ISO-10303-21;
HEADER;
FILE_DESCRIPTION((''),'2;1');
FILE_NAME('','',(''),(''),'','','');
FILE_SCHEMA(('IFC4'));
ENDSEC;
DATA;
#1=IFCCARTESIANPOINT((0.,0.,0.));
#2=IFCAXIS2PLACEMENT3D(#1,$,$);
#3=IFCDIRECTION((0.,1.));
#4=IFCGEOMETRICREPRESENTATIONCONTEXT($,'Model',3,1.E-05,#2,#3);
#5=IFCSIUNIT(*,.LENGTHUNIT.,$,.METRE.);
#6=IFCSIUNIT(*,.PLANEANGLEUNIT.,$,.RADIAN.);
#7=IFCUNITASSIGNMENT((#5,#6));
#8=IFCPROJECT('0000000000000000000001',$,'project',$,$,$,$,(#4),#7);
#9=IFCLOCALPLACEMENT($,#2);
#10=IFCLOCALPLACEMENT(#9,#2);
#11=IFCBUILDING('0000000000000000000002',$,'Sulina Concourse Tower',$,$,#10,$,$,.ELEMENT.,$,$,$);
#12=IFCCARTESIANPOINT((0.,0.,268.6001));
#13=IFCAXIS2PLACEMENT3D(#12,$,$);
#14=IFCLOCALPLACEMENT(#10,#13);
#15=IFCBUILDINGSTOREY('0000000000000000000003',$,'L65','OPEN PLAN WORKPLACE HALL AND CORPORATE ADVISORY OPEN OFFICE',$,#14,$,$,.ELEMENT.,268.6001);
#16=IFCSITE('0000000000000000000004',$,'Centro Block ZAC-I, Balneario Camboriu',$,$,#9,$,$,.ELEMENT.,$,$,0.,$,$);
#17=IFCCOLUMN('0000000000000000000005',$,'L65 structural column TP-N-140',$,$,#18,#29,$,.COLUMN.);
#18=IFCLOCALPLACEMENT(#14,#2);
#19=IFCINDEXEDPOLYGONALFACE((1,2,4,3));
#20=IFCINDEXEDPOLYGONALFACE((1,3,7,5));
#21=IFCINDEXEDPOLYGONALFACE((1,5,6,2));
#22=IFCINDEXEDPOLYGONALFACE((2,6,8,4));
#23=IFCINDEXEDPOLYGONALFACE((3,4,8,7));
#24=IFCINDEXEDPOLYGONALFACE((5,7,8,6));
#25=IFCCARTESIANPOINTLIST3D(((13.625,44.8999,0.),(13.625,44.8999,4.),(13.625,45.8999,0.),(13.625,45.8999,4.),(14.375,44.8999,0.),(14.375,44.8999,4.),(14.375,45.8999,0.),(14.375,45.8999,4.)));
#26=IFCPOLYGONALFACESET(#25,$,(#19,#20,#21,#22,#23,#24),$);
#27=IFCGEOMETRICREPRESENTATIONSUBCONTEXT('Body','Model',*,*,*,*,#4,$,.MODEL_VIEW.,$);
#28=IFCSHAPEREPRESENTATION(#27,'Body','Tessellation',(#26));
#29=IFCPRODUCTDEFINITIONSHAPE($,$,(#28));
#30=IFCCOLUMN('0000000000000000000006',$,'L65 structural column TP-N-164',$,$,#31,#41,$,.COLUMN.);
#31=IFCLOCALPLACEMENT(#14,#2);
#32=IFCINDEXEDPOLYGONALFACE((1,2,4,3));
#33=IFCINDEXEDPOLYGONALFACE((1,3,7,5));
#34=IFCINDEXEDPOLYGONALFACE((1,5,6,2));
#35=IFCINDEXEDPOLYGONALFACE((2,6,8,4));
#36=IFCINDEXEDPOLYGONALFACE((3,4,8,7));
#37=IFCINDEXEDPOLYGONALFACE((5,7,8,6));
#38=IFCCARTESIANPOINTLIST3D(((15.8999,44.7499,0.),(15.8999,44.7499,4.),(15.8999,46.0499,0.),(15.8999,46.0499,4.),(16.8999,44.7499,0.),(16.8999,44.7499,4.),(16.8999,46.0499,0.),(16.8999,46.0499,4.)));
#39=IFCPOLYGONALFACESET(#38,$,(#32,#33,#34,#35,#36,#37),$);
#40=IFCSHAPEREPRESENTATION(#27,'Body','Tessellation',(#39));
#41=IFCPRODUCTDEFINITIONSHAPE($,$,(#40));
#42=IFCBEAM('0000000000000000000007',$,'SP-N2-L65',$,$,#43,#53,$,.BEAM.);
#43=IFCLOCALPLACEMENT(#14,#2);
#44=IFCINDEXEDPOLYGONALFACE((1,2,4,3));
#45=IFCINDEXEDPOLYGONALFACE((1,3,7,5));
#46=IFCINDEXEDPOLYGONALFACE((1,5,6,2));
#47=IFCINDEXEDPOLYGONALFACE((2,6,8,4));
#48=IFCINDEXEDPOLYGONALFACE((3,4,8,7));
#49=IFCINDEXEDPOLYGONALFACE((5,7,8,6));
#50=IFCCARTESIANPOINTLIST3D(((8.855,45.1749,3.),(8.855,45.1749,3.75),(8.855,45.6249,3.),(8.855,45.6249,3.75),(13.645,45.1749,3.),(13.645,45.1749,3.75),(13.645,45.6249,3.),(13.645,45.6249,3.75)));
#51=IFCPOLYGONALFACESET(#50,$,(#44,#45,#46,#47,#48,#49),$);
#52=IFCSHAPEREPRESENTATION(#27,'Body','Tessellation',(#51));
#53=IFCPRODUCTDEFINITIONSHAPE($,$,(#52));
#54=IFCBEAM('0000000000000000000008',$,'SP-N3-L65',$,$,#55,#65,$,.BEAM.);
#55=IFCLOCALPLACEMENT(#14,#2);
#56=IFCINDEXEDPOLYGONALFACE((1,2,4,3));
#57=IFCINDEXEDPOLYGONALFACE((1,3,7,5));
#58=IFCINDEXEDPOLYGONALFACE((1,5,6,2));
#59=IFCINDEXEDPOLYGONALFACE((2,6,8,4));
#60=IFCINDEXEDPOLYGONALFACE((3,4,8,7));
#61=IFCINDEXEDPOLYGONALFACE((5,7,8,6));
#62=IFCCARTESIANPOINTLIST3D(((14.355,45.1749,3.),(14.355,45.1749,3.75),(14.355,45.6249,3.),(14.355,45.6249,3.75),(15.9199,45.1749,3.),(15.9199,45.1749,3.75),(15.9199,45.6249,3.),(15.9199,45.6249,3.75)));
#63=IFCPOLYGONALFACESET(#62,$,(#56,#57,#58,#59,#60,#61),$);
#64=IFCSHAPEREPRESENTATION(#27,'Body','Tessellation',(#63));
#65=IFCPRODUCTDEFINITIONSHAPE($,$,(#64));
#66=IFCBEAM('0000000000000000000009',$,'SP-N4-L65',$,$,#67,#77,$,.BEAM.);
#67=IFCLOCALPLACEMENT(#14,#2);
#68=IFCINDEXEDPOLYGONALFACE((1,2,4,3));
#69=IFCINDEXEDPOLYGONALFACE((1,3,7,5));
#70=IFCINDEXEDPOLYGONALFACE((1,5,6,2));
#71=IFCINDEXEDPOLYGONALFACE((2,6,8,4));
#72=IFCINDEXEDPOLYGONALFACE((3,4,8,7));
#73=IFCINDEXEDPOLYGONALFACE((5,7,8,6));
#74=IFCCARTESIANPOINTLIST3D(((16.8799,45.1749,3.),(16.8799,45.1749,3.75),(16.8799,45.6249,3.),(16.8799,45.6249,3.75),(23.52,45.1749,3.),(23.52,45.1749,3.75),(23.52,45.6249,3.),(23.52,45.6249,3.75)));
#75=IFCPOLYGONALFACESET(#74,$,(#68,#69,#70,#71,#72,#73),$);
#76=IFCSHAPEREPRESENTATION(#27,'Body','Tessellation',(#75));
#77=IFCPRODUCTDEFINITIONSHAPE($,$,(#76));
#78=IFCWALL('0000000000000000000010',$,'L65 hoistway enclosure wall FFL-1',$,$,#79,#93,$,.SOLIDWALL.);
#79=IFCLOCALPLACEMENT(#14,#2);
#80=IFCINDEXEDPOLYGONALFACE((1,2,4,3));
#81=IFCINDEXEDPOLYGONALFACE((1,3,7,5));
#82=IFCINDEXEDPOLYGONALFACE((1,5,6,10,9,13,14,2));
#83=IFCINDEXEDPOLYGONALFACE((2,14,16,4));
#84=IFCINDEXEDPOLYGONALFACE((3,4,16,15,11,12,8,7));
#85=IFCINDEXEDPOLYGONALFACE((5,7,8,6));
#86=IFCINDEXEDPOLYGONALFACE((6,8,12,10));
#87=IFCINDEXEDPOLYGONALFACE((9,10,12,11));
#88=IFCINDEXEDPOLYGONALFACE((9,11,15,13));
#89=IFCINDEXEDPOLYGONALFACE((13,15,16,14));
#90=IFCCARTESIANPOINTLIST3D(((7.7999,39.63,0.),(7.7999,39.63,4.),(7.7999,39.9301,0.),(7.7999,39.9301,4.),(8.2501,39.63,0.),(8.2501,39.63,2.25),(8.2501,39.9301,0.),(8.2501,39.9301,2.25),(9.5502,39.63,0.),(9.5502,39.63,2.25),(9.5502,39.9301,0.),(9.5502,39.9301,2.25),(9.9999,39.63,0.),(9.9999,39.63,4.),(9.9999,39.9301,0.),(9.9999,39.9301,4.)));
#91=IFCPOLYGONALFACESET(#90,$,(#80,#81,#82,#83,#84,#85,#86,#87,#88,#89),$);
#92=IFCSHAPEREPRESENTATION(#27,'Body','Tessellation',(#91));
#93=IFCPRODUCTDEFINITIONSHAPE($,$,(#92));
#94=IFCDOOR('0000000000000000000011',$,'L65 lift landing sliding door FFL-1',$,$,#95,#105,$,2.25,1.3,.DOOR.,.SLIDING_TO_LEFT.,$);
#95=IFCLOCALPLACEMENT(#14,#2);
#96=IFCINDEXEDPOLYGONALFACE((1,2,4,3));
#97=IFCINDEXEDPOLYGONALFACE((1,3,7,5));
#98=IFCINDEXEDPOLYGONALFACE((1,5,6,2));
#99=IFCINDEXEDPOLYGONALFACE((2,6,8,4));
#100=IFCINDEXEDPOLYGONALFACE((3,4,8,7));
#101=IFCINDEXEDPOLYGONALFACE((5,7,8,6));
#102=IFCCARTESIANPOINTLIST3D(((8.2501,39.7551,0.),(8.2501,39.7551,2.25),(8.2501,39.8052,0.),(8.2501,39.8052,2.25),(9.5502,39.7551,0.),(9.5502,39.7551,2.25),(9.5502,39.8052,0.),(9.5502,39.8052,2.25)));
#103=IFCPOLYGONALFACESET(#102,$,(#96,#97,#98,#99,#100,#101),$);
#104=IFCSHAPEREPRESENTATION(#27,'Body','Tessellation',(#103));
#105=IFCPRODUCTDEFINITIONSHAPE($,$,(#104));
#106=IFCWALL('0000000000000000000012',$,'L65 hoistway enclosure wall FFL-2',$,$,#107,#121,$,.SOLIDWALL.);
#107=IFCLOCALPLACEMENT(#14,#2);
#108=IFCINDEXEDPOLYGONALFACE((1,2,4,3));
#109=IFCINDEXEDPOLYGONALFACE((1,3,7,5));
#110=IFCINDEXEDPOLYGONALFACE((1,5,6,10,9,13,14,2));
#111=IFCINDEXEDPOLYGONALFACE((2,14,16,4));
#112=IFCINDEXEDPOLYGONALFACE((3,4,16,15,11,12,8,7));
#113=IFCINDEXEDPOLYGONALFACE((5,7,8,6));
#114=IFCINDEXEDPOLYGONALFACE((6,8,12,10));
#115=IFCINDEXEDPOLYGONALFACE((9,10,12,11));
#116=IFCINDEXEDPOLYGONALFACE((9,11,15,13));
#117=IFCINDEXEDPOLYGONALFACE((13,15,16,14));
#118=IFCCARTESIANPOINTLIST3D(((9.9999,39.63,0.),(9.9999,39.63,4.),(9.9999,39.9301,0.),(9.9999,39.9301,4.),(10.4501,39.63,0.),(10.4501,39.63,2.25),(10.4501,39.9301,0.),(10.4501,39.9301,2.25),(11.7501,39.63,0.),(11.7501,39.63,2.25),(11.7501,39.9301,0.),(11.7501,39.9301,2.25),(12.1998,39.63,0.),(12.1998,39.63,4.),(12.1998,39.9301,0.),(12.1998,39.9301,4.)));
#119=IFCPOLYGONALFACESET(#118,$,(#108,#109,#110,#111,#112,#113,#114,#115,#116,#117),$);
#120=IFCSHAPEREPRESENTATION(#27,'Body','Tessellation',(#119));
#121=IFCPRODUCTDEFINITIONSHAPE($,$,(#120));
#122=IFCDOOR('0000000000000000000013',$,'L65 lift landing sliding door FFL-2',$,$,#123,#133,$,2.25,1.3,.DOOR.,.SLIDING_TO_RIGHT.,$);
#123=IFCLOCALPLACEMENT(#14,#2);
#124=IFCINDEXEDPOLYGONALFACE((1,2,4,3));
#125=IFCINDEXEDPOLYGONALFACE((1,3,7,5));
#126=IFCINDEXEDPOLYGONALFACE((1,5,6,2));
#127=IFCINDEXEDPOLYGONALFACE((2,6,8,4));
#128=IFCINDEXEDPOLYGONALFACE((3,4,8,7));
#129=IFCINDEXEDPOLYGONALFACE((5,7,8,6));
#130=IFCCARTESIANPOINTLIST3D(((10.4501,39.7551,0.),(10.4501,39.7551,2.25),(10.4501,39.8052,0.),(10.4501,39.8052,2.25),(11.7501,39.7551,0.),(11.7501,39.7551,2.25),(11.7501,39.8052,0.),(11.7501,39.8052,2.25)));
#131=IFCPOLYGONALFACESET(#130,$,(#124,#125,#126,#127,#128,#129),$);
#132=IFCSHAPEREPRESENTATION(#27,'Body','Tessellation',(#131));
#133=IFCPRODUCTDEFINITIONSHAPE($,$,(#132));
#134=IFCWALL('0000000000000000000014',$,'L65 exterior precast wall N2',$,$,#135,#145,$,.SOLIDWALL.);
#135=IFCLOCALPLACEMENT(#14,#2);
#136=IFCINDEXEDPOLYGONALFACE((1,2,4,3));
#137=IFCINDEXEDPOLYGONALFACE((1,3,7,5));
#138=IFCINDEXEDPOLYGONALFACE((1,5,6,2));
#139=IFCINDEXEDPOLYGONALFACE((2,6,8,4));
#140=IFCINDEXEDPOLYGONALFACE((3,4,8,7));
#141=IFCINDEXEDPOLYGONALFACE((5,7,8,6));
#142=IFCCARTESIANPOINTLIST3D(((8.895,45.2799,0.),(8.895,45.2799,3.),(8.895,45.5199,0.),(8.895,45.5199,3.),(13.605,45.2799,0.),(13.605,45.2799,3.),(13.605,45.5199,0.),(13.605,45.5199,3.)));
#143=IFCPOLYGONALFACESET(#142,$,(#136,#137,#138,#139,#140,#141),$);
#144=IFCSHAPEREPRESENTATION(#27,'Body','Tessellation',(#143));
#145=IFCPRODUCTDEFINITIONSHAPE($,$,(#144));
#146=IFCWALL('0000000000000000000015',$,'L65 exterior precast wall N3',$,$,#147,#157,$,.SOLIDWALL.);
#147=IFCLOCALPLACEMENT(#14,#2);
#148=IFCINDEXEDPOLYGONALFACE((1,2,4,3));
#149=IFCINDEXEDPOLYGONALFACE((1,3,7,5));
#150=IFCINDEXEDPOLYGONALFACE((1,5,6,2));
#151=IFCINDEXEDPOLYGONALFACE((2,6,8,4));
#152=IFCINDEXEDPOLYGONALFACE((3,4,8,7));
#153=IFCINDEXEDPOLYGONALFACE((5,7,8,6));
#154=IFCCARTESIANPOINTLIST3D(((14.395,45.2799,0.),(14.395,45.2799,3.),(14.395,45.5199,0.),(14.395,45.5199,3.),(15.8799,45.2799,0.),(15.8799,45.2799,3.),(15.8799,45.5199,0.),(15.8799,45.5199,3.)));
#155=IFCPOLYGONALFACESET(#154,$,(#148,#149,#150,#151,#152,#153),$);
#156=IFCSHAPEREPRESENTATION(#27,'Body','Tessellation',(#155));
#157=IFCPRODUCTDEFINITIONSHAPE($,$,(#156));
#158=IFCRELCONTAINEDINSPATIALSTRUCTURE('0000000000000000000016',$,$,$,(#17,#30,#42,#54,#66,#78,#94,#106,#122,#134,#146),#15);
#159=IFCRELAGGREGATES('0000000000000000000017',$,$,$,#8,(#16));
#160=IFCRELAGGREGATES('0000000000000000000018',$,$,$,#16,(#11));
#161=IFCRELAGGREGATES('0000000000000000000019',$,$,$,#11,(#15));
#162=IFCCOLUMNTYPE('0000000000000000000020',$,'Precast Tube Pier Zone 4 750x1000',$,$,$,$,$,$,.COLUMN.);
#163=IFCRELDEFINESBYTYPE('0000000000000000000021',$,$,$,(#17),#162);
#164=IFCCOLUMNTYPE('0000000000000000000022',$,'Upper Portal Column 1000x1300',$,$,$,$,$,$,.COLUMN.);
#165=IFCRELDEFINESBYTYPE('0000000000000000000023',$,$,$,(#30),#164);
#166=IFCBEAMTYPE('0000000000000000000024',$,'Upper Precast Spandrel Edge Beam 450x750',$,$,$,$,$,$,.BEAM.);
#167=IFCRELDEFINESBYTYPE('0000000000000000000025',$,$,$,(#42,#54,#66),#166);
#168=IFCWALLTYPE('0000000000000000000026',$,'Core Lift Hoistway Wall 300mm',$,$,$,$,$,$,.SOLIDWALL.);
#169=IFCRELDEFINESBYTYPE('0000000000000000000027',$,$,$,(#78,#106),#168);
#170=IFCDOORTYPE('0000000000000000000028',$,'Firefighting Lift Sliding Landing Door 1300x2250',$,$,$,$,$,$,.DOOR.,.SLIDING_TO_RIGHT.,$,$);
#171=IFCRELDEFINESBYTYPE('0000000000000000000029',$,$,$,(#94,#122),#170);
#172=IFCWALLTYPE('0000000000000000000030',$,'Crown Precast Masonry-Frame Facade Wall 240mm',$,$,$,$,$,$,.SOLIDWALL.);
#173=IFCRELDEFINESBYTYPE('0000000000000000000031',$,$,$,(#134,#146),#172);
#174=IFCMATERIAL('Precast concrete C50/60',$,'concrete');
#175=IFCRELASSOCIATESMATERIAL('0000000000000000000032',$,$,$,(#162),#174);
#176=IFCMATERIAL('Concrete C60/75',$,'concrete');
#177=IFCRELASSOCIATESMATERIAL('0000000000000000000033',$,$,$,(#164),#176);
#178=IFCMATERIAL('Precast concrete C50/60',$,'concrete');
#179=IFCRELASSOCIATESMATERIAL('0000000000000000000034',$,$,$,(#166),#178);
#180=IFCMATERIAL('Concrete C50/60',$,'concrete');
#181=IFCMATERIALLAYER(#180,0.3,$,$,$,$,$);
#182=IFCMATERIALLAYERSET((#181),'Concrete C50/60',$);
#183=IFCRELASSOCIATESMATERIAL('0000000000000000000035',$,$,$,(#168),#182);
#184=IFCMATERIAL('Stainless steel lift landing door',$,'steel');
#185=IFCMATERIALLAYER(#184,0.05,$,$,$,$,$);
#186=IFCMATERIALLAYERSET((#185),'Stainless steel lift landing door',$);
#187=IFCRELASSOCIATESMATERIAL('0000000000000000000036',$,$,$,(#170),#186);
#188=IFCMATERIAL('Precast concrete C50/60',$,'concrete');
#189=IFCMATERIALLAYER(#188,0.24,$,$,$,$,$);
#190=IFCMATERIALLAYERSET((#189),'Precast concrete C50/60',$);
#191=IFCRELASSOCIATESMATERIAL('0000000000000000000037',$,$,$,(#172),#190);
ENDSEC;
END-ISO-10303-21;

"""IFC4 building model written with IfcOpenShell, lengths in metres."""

from ifc_helpers import new_model, si_unit, direction, frame, frame_2d, origin, origin_2d, place, context, subcontext, project, spatial, rectangle, extrude, material, layer, layer_set, material_profile, profile_set, type_object, element, fill, save


model = new_model("IFC4")

# Units and contexts
model_context = context("Model", 3, precision=1e-05, world=origin(), true_north=direction((0.0, 1.0)))
body_context = subcontext(model_context, "Body", "Model", "MODEL_VIEW")
ifc_project = project(units=[si_unit("LENGTHUNIT", "METRE"), si_unit("PLANEANGLEUNIT", "RADIAN")], contexts=[model_context])

# Site, building, storey
site_placement = place(None, origin())
site = spatial("IfcSite", under=ifc_project, at=site_placement, Name="Centro Block ZAC-I, Balneario Camboriu", CompositionType="ELEMENT", RefElevation=0.0)
building_placement = place(site_placement, origin())
building = spatial("IfcBuilding", under=site, at=building_placement, Name="Sulina Concourse Tower", CompositionType="ELEMENT")
storey_placement = place(building_placement, frame((0.0, 0.0, 268.6001)))
storey = spatial("IfcBuildingStorey", under=building, at=storey_placement, Name="L65", Description="OPEN PLAN WORKPLACE HALL AND CORPORATE ADVISORY OPEN OFFICE", CompositionType="ELEMENT", Elevation=268.6001)

# Columns
ifc_material_1 = material(Name="Precast concrete C50/60", Category="concrete")
ifc_material_profile_1 = material_profile(ifc_material_1, rectangle(XDim=0.75, YDim=1.0, at=origin_2d()), Name="PC 750x1000")
ifc_profile_set_1 = profile_set([ifc_material_profile_1], Name="Precast concrete C50/60")
column_type_1 = type_object("IfcColumnType", Name="Precast Tube Pier Zone 4 750x1000", PredefinedType="COLUMN", material=ifc_profile_set_1)
column_1_placement = place(storey_placement, frame((14.0, 45.3999, 0.0), z_axis=(0.0, 0.0, 1.0), x_axis=(1.0, 0.0, 0.0)))
element("IfcColumn", 1, at=column_1_placement, inside=storey, type_object=column_type_1, Name="L65 structural column TP-N-140", PredefinedType="COLUMN", context=body_context, shape_type="SweptSolid", body=[
    extrude(rectangle(XDim=0.75, YDim=1.0, at=origin_2d()), origin(), (0.0, 0.0, 1.0), 4.0),
])
ifc_material_2 = material(Name="Concrete C60/75", Category="concrete")
ifc_material_profile_2 = material_profile(ifc_material_2, rectangle(XDim=1.0, YDim=1.3, at=origin_2d()), Name="RC 1000x1300")
ifc_profile_set_2 = profile_set([ifc_material_profile_2], Name="Concrete C60/75")
column_type_2 = type_object("IfcColumnType", Name="Upper Portal Column 1000x1300", PredefinedType="COLUMN", material=ifc_profile_set_2)
column_2_placement = place(storey_placement, frame((16.3999, 45.3999, 0.0), z_axis=(0.0, 0.0, 1.0), x_axis=(1.0, 0.0, 0.0)))
element("IfcColumn", 2, at=column_2_placement, inside=storey, type_object=column_type_2, Name="L65 structural column TP-N-164", PredefinedType="COLUMN", context=body_context, shape_type="SweptSolid", body=[
    extrude(rectangle(XDim=1.0, YDim=1.3, at=origin_2d()), origin(), (0.0, 0.0, 1.0), 4.0),
])

# Beams
ifc_material_3 = material(Name="Precast concrete C50/60", Category="concrete")
ifc_material_profile_3 = material_profile(ifc_material_3, rectangle(XDim=0.45, YDim=0.75, at=origin_2d()), Name="RC 450x750")
ifc_profile_set_3 = profile_set([ifc_material_profile_3], Name="Precast concrete C50/60")
beam_type = type_object("IfcBeamType", Name="Upper Precast Spandrel Edge Beam 450x750", PredefinedType="BEAM", material=ifc_profile_set_3)
beam_1_placement = place(storey_placement, frame((8.855, 45.3999, 3.375), z_axis=(1.0, 0.0, 0.0), x_axis=(0.0, 1.0, 0.0)))
element("IfcBeam", 3, at=beam_1_placement, inside=storey, type_object=beam_type, Name="SP-N2-L65", PredefinedType="BEAM", context=body_context, shape_type="SweptSolid", body=[
    extrude(rectangle(XDim=0.45, YDim=0.75, at=origin_2d()), origin(), (0.0, 0.0, 1.0), 4.79),
])
beam_2_placement = place(storey_placement, frame((14.355, 45.3999, 3.375), z_axis=(1.0, 0.0, 0.0), x_axis=(0.0, 1.0, 0.0)))
element("IfcBeam", 4, at=beam_2_placement, inside=storey, type_object=beam_type, Name="SP-N3-L65", PredefinedType="BEAM", context=body_context, shape_type="SweptSolid", body=[
    extrude(rectangle(XDim=0.45, YDim=0.75, at=origin_2d()), origin(), (0.0, 0.0, 1.0), 1.5649),
])
beam_3_placement = place(storey_placement, frame((16.8799, 45.3999, 3.375), z_axis=(1.0, 0.0, 0.0), x_axis=(0.0, 1.0, 0.0)))
element("IfcBeam", 5, at=beam_3_placement, inside=storey, type_object=beam_type, Name="SP-N4-L65", PredefinedType="BEAM", context=body_context, shape_type="SweptSolid", body=[
    extrude(rectangle(XDim=0.45, YDim=0.75, at=origin_2d()), origin(), (0.0, 0.0, 1.0), 6.6401),
])

# Walls, openings, doors
ifc_material_4 = material(Name="Concrete C50/60", Category="concrete")
ifc_layer_1 = layer(ifc_material_4, 0.3)
ifc_layer_set_1 = layer_set([ifc_layer_1], Name="Concrete C50/60")
wall_type_1 = type_object("IfcWallType", Name="Core Lift Hoistway Wall 300mm", PredefinedType="SOLIDWALL", material=ifc_layer_set_1)
wall_1_placement = place(storey_placement, frame((10.0, 39.78, 0.0), z_axis=(0.0, 0.0, 1.0), x_axis=(-1.0, 0.0, 0.0)))
wall_1 = element("IfcWall", 6, at=wall_1_placement, inside=storey, type_object=wall_type_1, Name="L65 hoistway enclosure wall FFL-1", PredefinedType="SOLIDWALL", context=body_context, shape_type="SweptSolid", body=[
    extrude(rectangle(XDim=2.2, YDim=0.3, at=frame_2d((1.1001, 0.0))), origin(), (0.0, 0.0, 1.0), 4.0),
])
opening_1_placement = place(wall_1_placement, frame((0.45, 0.0, 0.0)))
opening_1 = element("IfcOpeningElement", 7, at=opening_1_placement, cuts=wall_1, PredefinedType="OPENING", context=body_context, shape_type="SweptSolid", body=[
    extrude(rectangle(XDim=1.3, YDim=2.25, at=frame_2d((0.6499, 1.125))), frame((0.0, 0.1599, 0.0), z_axis=(0.0, -1.0, 0.0), x_axis=(1.0, 0.0, 0.0)), (0.0, 0.0, 1.0), 0.3201),
])
ifc_material_5 = material(Name="Stainless steel lift landing door", Category="steel")
ifc_layer_2 = layer(ifc_material_5, 0.05)
ifc_layer_set_2 = layer_set([ifc_layer_2], Name="Stainless steel lift landing door")
door_type = type_object("IfcDoorType", Name="Firefighting Lift Sliding Landing Door 1300x2250", OperationType="SLIDING_TO_RIGHT", PredefinedType="DOOR", material=ifc_layer_set_2)
door_1_placement = place(opening_1_placement, origin())
door_1 = element("IfcDoor", 8, at=door_1_placement, inside=storey, type_object=door_type, Name="L65 lift landing sliding door FFL-1", OperationType="SLIDING_TO_LEFT", OverallHeight=2.25, OverallWidth=1.3, PredefinedType="DOOR", context=body_context, shape_type="SweptSolid", body=[
    extrude(rectangle(XDim=1.3, YDim=2.25, at=frame_2d((0.6499, 1.125))), frame((0.0, 0.0249, 0.0), z_axis=(0.0, -1.0, 0.0), x_axis=(1.0, 0.0, 0.0)), (0.0, 0.0, 1.0), 0.05),
])
fill(opening_1, door_1)
wall_2_placement = place(storey_placement, frame((12.2, 39.78, 0.0), z_axis=(0.0, 0.0, 1.0), x_axis=(-1.0, 0.0, 0.0)))
wall_2 = element("IfcWall", 9, at=wall_2_placement, inside=storey, type_object=wall_type_1, Name="L65 hoistway enclosure wall FFL-2", PredefinedType="SOLIDWALL", context=body_context, shape_type="SweptSolid", body=[
    extrude(rectangle(XDim=2.2, YDim=0.3, at=frame_2d((1.1001, 0.0))), origin(), (0.0, 0.0, 1.0), 4.0),
])
opening_2_placement = place(wall_2_placement, frame((0.45, 0.0, 0.0)))
opening_2 = element("IfcOpeningElement", 10, at=opening_2_placement, cuts=wall_2, PredefinedType="OPENING", context=body_context, shape_type="SweptSolid", body=[
    extrude(rectangle(XDim=1.3, YDim=2.25, at=frame_2d((0.6499, 1.125))), frame((0.0, 0.1599, 0.0), z_axis=(0.0, -1.0, 0.0), x_axis=(1.0, 0.0, 0.0)), (0.0, 0.0, 1.0), 0.3201),
])
door_2_placement = place(opening_2_placement, origin())
door_2 = element("IfcDoor", 11, at=door_2_placement, inside=storey, type_object=door_type, Name="L65 lift landing sliding door FFL-2", OperationType="SLIDING_TO_RIGHT", OverallHeight=2.25, OverallWidth=1.3, PredefinedType="DOOR", context=body_context, shape_type="SweptSolid", body=[
    extrude(rectangle(XDim=1.3, YDim=2.25, at=frame_2d((0.6499, 1.125))), frame((0.0, 0.0249, 0.0), z_axis=(0.0, -1.0, 0.0), x_axis=(1.0, 0.0, 0.0)), (0.0, 0.0, 1.0), 0.05),
])
fill(opening_2, door_2)

# Walls
ifc_material_6 = material(Name="Precast concrete C50/60", Category="concrete")
ifc_layer_3 = layer(ifc_material_6, 0.24)
ifc_layer_set_3 = layer_set([ifc_layer_3], Name="Precast concrete C50/60")
wall_type_2 = type_object("IfcWallType", Name="Crown Precast Masonry-Frame Facade Wall 240mm", PredefinedType="SOLIDWALL", material=ifc_layer_set_3)
wall_3_placement = place(storey_placement, frame((8.895, 45.3999, 0.0), z_axis=(0.0, 0.0, 1.0), x_axis=(1.0, 0.0, 0.0)))
element("IfcWall", 12, at=wall_3_placement, inside=storey, type_object=wall_type_2, Name="L65 exterior precast wall N2", PredefinedType="SOLIDWALL", context=body_context, shape_type="SweptSolid", body=[
    extrude(rectangle(XDim=4.71, YDim=0.24, at=frame_2d((2.355, 0.0))), origin(), (0.0, 0.0, 1.0), 3.0),
])
wall_4_placement = place(storey_placement, frame((14.395, 45.3999, 0.0), z_axis=(0.0, 0.0, 1.0), x_axis=(1.0, 0.0, 0.0)))
element("IfcWall", 13, at=wall_4_placement, inside=storey, type_object=wall_type_2, Name="L65 exterior precast wall N3", PredefinedType="SOLIDWALL", context=body_context, shape_type="SweptSolid", body=[
    extrude(rectangle(XDim=1.4849, YDim=0.24, at=frame_2d((0.7424, 0.0))), origin(), (0.0, 0.0, 1.0), 3.0),
])

save(model, "model.ifc")
